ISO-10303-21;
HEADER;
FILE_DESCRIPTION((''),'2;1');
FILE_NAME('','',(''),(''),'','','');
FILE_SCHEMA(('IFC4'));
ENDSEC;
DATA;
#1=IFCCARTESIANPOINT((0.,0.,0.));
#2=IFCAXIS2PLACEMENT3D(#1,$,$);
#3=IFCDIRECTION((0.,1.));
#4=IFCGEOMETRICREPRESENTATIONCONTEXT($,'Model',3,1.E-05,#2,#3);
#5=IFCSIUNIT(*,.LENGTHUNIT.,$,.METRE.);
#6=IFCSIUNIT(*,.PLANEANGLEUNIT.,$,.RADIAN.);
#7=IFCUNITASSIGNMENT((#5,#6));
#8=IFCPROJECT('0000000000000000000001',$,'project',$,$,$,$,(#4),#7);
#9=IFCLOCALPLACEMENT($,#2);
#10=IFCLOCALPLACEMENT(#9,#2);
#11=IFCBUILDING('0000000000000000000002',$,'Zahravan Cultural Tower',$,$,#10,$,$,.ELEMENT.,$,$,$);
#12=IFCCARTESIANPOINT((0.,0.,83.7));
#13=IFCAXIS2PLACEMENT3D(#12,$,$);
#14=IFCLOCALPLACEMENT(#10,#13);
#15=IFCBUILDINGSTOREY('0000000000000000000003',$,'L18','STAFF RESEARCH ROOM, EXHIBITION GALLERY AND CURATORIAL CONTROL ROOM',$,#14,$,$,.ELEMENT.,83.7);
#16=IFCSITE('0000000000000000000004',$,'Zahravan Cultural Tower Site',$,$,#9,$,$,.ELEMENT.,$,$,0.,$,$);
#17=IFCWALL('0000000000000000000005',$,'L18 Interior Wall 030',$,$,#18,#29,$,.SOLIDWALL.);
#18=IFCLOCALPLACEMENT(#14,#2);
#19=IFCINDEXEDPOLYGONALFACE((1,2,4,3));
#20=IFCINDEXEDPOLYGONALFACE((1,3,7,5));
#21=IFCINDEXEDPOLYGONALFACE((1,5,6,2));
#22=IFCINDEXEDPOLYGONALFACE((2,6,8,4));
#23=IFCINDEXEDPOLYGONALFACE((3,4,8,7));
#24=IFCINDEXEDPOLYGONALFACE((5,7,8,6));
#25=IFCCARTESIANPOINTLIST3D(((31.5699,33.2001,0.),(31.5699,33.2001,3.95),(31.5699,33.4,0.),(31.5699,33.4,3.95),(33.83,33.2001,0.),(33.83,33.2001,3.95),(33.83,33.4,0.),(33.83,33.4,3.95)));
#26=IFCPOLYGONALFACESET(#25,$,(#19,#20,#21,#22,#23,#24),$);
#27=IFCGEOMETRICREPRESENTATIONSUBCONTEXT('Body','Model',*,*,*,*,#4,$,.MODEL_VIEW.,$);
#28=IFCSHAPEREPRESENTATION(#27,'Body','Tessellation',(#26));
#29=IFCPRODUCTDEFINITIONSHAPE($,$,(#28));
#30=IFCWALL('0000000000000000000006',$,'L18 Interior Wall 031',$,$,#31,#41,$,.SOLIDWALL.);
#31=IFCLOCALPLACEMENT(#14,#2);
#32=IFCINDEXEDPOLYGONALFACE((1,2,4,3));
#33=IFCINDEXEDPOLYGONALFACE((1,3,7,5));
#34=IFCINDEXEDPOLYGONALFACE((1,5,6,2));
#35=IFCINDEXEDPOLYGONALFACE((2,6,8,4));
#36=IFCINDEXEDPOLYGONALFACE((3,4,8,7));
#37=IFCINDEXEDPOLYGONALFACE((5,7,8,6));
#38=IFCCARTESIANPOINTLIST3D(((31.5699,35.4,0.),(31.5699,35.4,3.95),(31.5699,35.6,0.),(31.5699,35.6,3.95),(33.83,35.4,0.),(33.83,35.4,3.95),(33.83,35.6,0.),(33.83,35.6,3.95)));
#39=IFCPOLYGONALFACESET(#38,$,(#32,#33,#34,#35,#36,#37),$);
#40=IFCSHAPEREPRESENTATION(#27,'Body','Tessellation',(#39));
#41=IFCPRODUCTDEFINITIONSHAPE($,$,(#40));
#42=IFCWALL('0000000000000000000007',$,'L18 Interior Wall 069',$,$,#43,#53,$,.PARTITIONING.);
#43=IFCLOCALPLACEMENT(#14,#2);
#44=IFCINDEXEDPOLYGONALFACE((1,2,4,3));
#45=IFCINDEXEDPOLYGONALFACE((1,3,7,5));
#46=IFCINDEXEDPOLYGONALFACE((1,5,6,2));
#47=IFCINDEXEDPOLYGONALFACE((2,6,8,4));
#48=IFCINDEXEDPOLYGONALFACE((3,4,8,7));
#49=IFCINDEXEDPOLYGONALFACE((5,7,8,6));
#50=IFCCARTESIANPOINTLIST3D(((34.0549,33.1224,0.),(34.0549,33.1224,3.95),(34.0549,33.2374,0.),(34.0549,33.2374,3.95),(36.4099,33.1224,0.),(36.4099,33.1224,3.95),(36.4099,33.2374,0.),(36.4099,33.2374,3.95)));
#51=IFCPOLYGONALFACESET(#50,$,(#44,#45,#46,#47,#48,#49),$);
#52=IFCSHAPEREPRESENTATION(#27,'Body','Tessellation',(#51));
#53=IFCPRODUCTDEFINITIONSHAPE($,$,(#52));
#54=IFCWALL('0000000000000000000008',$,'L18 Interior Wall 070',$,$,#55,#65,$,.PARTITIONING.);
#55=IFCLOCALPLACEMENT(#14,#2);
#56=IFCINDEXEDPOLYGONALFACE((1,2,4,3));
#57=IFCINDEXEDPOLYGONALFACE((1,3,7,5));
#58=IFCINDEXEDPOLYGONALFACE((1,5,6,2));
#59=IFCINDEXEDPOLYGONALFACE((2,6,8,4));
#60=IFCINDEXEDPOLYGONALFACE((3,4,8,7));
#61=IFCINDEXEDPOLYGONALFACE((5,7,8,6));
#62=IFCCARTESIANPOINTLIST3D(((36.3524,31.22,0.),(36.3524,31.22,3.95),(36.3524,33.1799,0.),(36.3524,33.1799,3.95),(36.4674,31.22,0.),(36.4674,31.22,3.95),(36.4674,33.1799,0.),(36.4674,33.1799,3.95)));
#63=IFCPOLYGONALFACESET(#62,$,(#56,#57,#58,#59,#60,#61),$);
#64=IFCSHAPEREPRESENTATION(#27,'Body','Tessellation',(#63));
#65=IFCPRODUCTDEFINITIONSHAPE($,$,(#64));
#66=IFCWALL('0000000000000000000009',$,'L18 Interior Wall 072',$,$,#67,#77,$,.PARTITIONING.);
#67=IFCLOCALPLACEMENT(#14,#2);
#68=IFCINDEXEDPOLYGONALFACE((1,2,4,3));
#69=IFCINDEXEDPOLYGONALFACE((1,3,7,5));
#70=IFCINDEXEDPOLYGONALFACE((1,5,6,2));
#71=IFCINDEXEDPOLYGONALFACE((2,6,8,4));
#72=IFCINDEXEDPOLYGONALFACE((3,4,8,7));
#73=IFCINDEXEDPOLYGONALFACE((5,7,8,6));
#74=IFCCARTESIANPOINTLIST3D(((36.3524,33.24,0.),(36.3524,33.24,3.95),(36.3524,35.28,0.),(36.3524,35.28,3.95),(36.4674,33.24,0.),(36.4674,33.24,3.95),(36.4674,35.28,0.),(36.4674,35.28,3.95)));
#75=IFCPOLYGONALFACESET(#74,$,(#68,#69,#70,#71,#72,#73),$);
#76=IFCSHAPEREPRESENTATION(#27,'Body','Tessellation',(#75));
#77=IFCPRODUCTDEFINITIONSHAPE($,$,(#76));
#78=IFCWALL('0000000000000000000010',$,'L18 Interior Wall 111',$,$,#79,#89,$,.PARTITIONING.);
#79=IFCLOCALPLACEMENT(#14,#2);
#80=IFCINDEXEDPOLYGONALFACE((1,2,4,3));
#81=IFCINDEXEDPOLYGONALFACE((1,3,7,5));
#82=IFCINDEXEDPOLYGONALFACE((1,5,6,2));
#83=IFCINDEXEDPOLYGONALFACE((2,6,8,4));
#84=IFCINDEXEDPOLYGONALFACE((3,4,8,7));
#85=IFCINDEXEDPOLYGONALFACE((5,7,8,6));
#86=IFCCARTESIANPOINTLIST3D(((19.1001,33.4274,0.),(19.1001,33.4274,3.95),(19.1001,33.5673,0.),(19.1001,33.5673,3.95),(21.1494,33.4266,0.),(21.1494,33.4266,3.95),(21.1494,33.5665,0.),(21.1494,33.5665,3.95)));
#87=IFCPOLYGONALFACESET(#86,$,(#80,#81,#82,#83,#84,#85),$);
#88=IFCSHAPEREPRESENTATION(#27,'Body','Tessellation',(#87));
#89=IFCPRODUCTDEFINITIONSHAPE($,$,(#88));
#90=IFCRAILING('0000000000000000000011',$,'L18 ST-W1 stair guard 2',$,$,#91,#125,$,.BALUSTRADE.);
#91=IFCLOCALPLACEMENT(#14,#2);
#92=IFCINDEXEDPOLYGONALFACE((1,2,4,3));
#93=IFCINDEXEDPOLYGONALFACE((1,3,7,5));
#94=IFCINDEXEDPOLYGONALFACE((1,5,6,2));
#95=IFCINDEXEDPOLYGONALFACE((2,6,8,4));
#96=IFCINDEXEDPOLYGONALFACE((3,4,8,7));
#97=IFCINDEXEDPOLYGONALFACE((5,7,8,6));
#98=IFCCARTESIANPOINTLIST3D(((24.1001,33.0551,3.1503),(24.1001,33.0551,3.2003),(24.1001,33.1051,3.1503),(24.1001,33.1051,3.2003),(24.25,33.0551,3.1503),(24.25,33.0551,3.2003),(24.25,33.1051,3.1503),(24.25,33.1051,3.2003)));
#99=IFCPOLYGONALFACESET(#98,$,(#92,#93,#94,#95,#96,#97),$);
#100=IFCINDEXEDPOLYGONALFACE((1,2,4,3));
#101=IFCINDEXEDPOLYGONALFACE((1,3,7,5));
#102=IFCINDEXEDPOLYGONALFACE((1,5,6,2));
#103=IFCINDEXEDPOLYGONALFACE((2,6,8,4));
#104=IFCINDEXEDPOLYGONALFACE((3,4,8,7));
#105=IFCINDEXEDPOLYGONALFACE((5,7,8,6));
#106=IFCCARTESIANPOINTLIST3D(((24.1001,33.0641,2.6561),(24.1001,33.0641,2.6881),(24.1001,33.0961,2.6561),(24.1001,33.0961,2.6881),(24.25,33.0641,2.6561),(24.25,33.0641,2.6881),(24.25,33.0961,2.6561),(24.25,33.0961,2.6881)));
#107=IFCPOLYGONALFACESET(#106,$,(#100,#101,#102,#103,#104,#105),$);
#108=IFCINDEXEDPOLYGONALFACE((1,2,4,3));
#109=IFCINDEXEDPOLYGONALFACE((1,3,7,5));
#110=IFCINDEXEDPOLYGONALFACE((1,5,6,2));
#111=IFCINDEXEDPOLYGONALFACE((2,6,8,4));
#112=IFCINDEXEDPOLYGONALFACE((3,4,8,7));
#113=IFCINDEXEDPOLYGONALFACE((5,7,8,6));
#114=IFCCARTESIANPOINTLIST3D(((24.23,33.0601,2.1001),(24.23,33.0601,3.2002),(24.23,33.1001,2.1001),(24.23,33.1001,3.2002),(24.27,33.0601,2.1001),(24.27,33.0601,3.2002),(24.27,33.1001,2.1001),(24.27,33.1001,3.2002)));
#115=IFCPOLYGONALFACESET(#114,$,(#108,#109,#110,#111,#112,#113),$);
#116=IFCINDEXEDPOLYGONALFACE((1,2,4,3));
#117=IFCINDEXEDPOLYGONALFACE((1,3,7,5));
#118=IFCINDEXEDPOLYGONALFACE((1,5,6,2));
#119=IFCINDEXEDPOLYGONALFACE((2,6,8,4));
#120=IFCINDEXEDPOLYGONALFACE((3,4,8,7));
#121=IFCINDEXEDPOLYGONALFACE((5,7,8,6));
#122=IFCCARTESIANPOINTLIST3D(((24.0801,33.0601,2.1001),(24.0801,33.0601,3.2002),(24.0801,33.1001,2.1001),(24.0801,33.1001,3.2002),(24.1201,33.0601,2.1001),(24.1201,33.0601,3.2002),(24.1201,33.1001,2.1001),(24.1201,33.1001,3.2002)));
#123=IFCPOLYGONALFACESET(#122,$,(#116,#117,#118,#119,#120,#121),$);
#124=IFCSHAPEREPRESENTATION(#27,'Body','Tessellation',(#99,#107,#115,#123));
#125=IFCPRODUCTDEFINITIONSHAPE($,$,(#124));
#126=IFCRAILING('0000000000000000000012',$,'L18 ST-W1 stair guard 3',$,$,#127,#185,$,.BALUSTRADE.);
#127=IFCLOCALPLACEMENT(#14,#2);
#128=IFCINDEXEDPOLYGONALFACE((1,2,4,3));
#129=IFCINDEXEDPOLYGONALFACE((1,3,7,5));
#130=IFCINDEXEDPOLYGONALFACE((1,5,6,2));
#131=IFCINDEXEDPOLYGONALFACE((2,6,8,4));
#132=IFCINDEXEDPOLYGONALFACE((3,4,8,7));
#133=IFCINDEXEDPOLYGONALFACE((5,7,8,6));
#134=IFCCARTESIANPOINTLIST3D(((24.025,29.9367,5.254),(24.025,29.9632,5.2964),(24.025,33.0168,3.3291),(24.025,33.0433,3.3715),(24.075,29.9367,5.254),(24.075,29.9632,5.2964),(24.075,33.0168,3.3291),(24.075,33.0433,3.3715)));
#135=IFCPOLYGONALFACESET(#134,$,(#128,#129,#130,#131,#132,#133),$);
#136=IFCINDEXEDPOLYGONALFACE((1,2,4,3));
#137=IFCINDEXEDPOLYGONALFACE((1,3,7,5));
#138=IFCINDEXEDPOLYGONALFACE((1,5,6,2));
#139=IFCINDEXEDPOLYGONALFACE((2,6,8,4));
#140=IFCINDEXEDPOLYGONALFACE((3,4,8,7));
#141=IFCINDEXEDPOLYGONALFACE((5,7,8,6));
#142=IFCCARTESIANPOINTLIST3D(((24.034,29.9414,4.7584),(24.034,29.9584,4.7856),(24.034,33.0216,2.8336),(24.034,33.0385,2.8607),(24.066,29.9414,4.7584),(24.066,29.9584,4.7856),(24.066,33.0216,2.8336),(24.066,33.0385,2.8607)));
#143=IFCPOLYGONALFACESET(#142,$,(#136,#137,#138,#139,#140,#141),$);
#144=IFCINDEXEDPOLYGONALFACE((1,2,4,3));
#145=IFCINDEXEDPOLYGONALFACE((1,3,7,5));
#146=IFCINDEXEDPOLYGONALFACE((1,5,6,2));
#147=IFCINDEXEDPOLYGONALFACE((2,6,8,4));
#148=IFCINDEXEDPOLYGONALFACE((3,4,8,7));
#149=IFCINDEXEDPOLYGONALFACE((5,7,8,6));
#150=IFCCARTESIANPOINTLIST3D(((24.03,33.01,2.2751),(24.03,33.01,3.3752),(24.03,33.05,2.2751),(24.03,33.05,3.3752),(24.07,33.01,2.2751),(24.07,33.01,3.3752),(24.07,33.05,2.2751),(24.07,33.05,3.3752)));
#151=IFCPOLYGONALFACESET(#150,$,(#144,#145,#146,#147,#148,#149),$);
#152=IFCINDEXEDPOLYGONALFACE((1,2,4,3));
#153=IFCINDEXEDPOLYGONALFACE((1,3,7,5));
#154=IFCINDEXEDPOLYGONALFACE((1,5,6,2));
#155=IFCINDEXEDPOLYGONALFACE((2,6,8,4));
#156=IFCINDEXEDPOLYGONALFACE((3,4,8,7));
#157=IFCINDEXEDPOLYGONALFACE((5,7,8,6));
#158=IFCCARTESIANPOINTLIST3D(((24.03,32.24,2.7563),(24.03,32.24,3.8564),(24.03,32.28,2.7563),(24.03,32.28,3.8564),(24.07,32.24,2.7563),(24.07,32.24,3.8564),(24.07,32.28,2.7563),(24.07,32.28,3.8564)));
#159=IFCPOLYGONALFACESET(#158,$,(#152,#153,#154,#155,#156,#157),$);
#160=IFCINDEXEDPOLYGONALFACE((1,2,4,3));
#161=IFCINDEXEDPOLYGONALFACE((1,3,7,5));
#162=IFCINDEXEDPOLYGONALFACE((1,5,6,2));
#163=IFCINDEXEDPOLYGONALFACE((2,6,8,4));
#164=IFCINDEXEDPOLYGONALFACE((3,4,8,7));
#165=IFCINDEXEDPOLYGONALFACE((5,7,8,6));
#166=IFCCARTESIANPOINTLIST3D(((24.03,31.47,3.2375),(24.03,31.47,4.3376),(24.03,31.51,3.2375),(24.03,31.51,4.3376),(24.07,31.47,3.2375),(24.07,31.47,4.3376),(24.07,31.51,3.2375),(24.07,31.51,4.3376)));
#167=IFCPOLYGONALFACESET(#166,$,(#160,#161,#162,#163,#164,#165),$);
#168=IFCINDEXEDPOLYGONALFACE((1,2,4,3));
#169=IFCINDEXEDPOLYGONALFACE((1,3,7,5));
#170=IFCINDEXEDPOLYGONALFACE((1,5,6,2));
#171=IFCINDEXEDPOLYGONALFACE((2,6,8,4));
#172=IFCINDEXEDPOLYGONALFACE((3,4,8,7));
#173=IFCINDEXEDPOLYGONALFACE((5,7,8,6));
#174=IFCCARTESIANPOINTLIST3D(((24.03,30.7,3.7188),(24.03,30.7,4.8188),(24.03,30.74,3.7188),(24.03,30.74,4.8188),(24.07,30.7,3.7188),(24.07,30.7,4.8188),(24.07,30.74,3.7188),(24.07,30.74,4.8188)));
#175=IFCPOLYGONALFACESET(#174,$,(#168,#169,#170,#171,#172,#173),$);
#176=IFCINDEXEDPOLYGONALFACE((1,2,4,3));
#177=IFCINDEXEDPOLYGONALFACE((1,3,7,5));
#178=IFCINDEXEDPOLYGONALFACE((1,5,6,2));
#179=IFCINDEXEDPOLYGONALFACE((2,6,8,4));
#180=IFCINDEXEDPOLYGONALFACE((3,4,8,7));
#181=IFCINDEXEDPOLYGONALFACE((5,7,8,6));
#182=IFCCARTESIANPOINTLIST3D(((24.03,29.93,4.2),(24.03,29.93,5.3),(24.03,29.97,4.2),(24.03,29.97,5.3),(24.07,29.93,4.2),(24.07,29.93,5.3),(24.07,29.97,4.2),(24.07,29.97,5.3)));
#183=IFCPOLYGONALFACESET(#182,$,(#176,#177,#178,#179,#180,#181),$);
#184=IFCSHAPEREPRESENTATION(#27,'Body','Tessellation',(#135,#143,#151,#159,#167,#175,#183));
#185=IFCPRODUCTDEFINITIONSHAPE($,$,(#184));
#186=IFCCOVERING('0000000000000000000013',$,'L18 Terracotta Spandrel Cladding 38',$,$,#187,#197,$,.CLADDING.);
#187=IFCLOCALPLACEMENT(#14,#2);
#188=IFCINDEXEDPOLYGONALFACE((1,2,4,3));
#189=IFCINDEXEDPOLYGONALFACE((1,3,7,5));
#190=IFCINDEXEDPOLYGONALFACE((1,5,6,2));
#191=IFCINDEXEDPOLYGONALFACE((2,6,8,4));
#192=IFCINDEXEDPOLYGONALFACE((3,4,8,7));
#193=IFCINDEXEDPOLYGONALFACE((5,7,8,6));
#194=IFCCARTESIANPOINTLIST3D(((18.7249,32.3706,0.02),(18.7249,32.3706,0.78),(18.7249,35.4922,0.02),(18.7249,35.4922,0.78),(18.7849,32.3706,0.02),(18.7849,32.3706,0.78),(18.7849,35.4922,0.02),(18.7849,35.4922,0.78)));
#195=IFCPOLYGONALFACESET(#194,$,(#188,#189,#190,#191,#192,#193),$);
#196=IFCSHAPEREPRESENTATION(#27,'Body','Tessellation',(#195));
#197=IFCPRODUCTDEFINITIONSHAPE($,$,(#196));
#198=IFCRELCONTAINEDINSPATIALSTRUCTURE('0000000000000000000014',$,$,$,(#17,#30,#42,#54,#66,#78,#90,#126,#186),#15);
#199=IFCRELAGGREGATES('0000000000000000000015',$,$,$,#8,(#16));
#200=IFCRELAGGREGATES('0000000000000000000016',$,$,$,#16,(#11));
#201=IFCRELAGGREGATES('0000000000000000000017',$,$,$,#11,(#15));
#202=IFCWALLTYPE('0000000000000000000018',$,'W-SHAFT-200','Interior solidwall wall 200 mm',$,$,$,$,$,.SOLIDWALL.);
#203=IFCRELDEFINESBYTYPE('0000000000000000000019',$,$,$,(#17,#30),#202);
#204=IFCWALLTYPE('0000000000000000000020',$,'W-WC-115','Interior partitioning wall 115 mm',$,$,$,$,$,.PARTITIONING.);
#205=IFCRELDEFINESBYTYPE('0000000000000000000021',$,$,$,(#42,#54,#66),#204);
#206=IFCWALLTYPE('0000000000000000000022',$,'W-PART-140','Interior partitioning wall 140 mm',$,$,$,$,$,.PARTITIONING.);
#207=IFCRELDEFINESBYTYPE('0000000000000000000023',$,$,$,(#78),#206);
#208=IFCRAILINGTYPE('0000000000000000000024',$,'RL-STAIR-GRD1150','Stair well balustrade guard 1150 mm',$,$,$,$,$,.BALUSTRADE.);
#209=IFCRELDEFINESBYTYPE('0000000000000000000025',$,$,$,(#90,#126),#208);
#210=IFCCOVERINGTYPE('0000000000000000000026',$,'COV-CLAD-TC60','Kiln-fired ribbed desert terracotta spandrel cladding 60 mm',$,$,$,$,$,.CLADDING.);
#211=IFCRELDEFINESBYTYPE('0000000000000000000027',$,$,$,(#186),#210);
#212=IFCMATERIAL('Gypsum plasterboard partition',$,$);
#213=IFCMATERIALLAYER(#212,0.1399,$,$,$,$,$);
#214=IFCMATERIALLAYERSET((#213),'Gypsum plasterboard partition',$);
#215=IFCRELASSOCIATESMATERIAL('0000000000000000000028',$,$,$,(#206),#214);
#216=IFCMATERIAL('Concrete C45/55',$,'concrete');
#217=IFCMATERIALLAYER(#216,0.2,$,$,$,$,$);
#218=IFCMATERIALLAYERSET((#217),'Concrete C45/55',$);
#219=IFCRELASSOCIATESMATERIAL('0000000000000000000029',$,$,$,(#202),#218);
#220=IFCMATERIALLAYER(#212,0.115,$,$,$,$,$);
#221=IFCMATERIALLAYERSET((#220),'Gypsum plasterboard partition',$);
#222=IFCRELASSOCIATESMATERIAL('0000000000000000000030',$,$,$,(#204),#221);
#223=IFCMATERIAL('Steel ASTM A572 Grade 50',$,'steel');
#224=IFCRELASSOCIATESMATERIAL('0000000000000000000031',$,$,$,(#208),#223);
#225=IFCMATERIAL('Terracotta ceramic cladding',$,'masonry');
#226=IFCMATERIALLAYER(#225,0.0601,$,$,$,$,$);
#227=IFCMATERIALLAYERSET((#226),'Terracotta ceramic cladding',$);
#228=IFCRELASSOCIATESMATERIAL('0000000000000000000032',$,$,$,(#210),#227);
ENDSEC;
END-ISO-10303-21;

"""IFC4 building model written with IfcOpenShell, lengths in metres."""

from ifc_helpers import new_model, si_unit, direction, frame, frame_2d, origin, origin_2d, place, context, subcontext, project, spatial, rectangle, extrude, source, transform, mapped, material, layer, layer_set, type_object, element, save


model = new_model("IFC4")

# Units and contexts
model_context = context("Model", 3, precision=1e-05, world=origin(), true_north=direction((0.0, 1.0)))
body_context = subcontext(model_context, "Body", "Model", "MODEL_VIEW")
ifc_project = project(units=[si_unit("LENGTHUNIT", "METRE"), si_unit("PLANEANGLEUNIT", "RADIAN")], contexts=[model_context])

# Site, building, storey
site_placement = place(None, origin())
site = spatial("IfcSite", under=ifc_project, at=site_placement, Name="Zahravan Cultural Tower Site", CompositionType="ELEMENT", RefElevation=0.0)
building_placement = place(site_placement, origin())
building = spatial("IfcBuilding", under=site, at=building_placement, Name="Zahravan Cultural Tower", CompositionType="ELEMENT")
storey_placement = place(building_placement, frame((0.0, 0.0, 83.7)))
storey = spatial("IfcBuildingStorey", under=building, at=storey_placement, Name="L18", Description="STAFF RESEARCH ROOM, EXHIBITION GALLERY AND CURATORIAL CONTROL ROOM", CompositionType="ELEMENT", Elevation=83.7)

# Shared definitions
ifc_material_1 = material(Name="Gypsum plasterboard partition")
ifc_layer_1 = layer(ifc_material_1, 0.1399)
ifc_layer_set_1 = layer_set([ifc_layer_1], Name="Gypsum plasterboard partition")
wall_type_1 = type_object("IfcWallType", Name="W-PART-140", Description="Interior partitioning wall 140 mm", PredefinedType="PARTITIONING", material=ifc_layer_set_1)
ifc_material_2 = material(Name="Concrete C45/55", Category="concrete")
ifc_layer_2 = layer(ifc_material_2, 0.2)
ifc_layer_set_2 = layer_set([ifc_layer_2], Name="Concrete C45/55")
wall_type_2 = type_object("IfcWallType", Name="W-SHAFT-200", Description="Interior solidwall wall 200 mm", PredefinedType="SOLIDWALL", material=ifc_layer_set_2)
ifc_material_3 = material(Name="Steel ASTM A572 Grade 50", Category="steel")
ifc_layer_3 = layer(ifc_material_1, 0.115)
ifc_layer_set_3 = layer_set([ifc_layer_3], Name="Gypsum plasterboard partition")
wall_type_3 = type_object("IfcWallType", Name="W-WC-115", Description="Interior partitioning wall 115 mm", PredefinedType="PARTITIONING", material=ifc_layer_set_3)

# Walls
shared_shape_1 = source(origin(), body_context, "Body", "SweptSolid", [
    extrude(rectangle(XDim=2.26, YDim=0.2, at=frame_2d((1.1299, 0.0))), origin(), (0.0, 0.0, 1.0), 3.95),
])
for number, where, z_axis, x_axis, name in (
    (1, (31.5701, 33.3, 0.0), (0.0, 0.0, 1.0), (1.0, 0.0, 0.0), "L18 Interior Wall 030"),
    (2, (31.5701, 35.5, 0.0), (0.0, 0.0, 1.0), (1.0, 0.0, 0.0), "L18 Interior Wall 031"),
):
    element("IfcWall", number, at=place(storey_placement, frame(where, z_axis=z_axis, x_axis=x_axis)), inside=storey, type_object=wall_type_2, Name=name, PredefinedType="SOLIDWALL", context=body_context, shape_type="MappedRepresentation", body=[
        mapped(shared_shape_1, transform((0.0, 0.0, 0.0), x_axis=(1.0, 0.0, 0.0), y_axis=(0.0, 1.0, 0.0), z_axis=(0.0, 0.0, 1.0), scale=1.0)),
    ])
shared_shape_2 = source(origin(), body_context, "Body", "SweptSolid", [
    extrude(rectangle(XDim=2.355, YDim=0.115, at=frame_2d((1.1775, 0.0))), origin(), (0.0, 0.0, 1.0), 3.95),
])
wall_1_placement = place(storey_placement, frame((34.0549, 33.1799, 0.0), z_axis=(0.0, 0.0, 1.0), x_axis=(1.0, 0.0, 0.0)))
element("IfcWall", 3, at=wall_1_placement, inside=storey, type_object=wall_type_3, Name="L18 Interior Wall 069", PredefinedType="PARTITIONING", context=body_context, shape_type="MappedRepresentation", body=[
    mapped(shared_shape_2, transform((0.0, 0.0, 0.0), x_axis=(1.0, 0.0, 0.0), y_axis=(0.0, 1.0, 0.0), z_axis=(0.0, 0.0, 1.0), scale=1.0)),
])
shared_shape_3 = source(origin(), body_context, "Body", "SweptSolid", [
    extrude(rectangle(XDim=1.96, YDim=0.115, at=frame_2d((0.98, 0.0))), origin(), (0.0, 0.0, 1.0), 3.95),
])
wall_2_placement = place(storey_placement, frame((36.4099, 33.1799, 0.0), z_axis=(0.0, 0.0, 1.0), x_axis=(0.0, -1.0, 0.0)))
element("IfcWall", 4, at=wall_2_placement, inside=storey, type_object=wall_type_3, Name="L18 Interior Wall 070", PredefinedType="PARTITIONING", context=body_context, shape_type="MappedRepresentation", body=[
    mapped(shared_shape_3, transform((0.0, 0.0, 0.0), x_axis=(1.0, 0.0, 0.0), y_axis=(0.0, 1.0, 0.0), z_axis=(0.0, 0.0, 1.0), scale=1.0)),
])
shared_shape_4 = source(origin(), body_context, "Body", "SweptSolid", [
    extrude(rectangle(XDim=2.04, YDim=0.115, at=frame_2d((1.02, 0.0))), origin(), (0.0, 0.0, 1.0), 3.95),
])
wall_3_placement = place(storey_placement, frame((36.4099, 35.28, 0.0), z_axis=(0.0, 0.0, 1.0), x_axis=(0.0, -1.0, 0.0)))
element("IfcWall", 5, at=wall_3_placement, inside=storey, type_object=wall_type_3, Name="L18 Interior Wall 072", PredefinedType="PARTITIONING", context=body_context, shape_type="MappedRepresentation", body=[
    mapped(shared_shape_4, transform((0.0, 0.0, 0.0), x_axis=(1.0, 0.0, 0.0), y_axis=(0.0, 1.0, 0.0), z_axis=(0.0, 0.0, 1.0), scale=1.0)),
])
shared_shape_5 = source(origin(), body_context, "Body", "SweptSolid", [
    extrude(rectangle(XDim=2.0493, YDim=0.1399, at=frame_2d((1.0247, 0.0))), origin(), (0.0, 0.0, 1.0), 3.95),
])
wall_4_placement = place(storey_placement, frame((21.1494, 33.4966, 0.0), z_axis=(0.0, 0.0, 1.0), x_axis=(-1.0, 0.000357, 0.0)))
element("IfcWall", 6, at=wall_4_placement, inside=storey, type_object=wall_type_1, Name="L18 Interior Wall 111", PredefinedType="PARTITIONING", context=body_context, shape_type="MappedRepresentation", body=[
    mapped(shared_shape_5, transform((0.0, 0.0, 0.0), x_axis=(1.0, 0.0, 0.0), y_axis=(0.0, 1.0, 0.0), z_axis=(0.0, 0.0, 1.0), scale=1.0)),
])

# Railings
railing_type = type_object("IfcRailingType", Name="RL-STAIR-GRD1150", Description="Stair well balustrade guard 1150 mm", PredefinedType="BALUSTRADE", material=ifc_material_3)
railing_1_placement = place(storey_placement, frame((24.25, 33.0801, 2.1001)))
element("IfcRailing", 7, at=railing_1_placement, inside=storey, type_object=railing_type, Name="L18 ST-W1 stair guard 2", PredefinedType="BALUSTRADE", context=body_context, shape_type="SweptSolid", body=[
    extrude(rectangle(XDim=0.05, YDim=0.05, at=origin_2d()), frame((0.0, 0.0, 1.0752), z_axis=(-1.0, 0.0, 0.0), x_axis=(0.0, -1.0, 0.0)), (0.0, 0.0, 1.0), 0.1499),
    extrude(rectangle(XDim=0.032, YDim=0.032, at=origin_2d()), frame((0.0, 0.0, 0.572), z_axis=(-1.0, 0.0, 0.0), x_axis=(0.0, -1.0, 0.0)), (0.0, 0.0, 1.0), 0.1499),
    extrude(rectangle(XDim=0.04, YDim=0.04, at=origin_2d()), origin(), (0.0, 0.0, 1.0), 1.1001),
    extrude(rectangle(XDim=0.04, YDim=0.04, at=origin_2d()), frame((-0.1499, 0.0, 0.0)), (0.0, 0.0, 1.0), 1.1001),
])
railing_2_placement = place(storey_placement, frame((24.05, 33.03, 2.2751)))
element("IfcRailing", 8, at=railing_2_placement, inside=storey, type_object=railing_type, Name="L18 ST-W1 stair guard 3", PredefinedType="BALUSTRADE", context=body_context, shape_type="SweptSolid", body=[
    extrude(rectangle(XDim=0.05, YDim=0.05, at=origin_2d()), frame((0.0, 0.0, 1.0752), z_axis=(0.0, -0.848029, 0.529951), x_axis=(1.0, 0.0, 0.0)), (0.0, 0.0, 1.0), 3.6321),
    extrude(rectangle(XDim=0.032, YDim=0.032, at=origin_2d()), frame((0.0, 0.0, 0.572), z_axis=(0.0, -0.848029, 0.529951), x_axis=(1.0, 0.0, 0.0)), (0.0, 0.0, 1.0), 3.6321),
    extrude(rectangle(XDim=0.04, YDim=0.04, at=origin_2d()), origin(), (0.0, 0.0, 1.0), 1.1001),
    extrude(rectangle(XDim=0.04, YDim=0.04, at=origin_2d()), frame((0.0, -0.77, 0.4812)), (0.0, 0.0, 1.0), 1.1001),
    extrude(rectangle(XDim=0.04, YDim=0.04, at=origin_2d()), frame((0.0, -1.54, 0.9624)), (0.0, 0.0, 1.0), 1.1001),
    extrude(rectangle(XDim=0.04, YDim=0.04, at=origin_2d()), frame((0.0, -2.3101, 1.4436)), (0.0, 0.0, 1.0), 1.1001),
    extrude(rectangle(XDim=0.04, YDim=0.04, at=origin_2d()), frame((0.0, -3.0801, 1.9248)), (0.0, 0.0, 1.0), 1.1001),
])

# Covering
ifc_material_4 = material(Name="Terracotta ceramic cladding", Category="masonry")
ifc_layer_4 = layer(ifc_material_4, 0.0601)
ifc_layer_set_4 = layer_set([ifc_layer_4], Name="Terracotta ceramic cladding")
covering_type = type_object("IfcCoveringType", Name="COV-CLAD-TC60", Description="Kiln-fired ribbed desert terracotta spandrel cladding 60 mm", PredefinedType="CLADDING", material=ifc_layer_set_4)
shared_shape_6 = source(origin(), body_context, "Body", "SweptSolid", [
    extrude(rectangle(XDim=3.1216, YDim=0.0601, at=origin_2d()), origin(), (0.0, 0.0, 1.0), 0.76),
])
covering_placement = place(storey_placement, frame((18.7549, 33.9314, 0.02), z_axis=(0.0, 0.0, 1.0), x_axis=(0.0, 1.0, 0.0)))
element("IfcCovering", 9, at=covering_placement, inside=storey, type_object=covering_type, Name="L18 Terracotta Spandrel Cladding 38", PredefinedType="CLADDING", context=body_context, shape_type="MappedRepresentation", body=[
    mapped(shared_shape_6, transform((0.0, 0.0, 0.0), x_axis=(1.0, 0.0, 0.0), y_axis=(0.0, 1.0, 0.0), z_axis=(0.0, 0.0, 1.0), scale=1.0)),
])

save(model, "model.ifc")
